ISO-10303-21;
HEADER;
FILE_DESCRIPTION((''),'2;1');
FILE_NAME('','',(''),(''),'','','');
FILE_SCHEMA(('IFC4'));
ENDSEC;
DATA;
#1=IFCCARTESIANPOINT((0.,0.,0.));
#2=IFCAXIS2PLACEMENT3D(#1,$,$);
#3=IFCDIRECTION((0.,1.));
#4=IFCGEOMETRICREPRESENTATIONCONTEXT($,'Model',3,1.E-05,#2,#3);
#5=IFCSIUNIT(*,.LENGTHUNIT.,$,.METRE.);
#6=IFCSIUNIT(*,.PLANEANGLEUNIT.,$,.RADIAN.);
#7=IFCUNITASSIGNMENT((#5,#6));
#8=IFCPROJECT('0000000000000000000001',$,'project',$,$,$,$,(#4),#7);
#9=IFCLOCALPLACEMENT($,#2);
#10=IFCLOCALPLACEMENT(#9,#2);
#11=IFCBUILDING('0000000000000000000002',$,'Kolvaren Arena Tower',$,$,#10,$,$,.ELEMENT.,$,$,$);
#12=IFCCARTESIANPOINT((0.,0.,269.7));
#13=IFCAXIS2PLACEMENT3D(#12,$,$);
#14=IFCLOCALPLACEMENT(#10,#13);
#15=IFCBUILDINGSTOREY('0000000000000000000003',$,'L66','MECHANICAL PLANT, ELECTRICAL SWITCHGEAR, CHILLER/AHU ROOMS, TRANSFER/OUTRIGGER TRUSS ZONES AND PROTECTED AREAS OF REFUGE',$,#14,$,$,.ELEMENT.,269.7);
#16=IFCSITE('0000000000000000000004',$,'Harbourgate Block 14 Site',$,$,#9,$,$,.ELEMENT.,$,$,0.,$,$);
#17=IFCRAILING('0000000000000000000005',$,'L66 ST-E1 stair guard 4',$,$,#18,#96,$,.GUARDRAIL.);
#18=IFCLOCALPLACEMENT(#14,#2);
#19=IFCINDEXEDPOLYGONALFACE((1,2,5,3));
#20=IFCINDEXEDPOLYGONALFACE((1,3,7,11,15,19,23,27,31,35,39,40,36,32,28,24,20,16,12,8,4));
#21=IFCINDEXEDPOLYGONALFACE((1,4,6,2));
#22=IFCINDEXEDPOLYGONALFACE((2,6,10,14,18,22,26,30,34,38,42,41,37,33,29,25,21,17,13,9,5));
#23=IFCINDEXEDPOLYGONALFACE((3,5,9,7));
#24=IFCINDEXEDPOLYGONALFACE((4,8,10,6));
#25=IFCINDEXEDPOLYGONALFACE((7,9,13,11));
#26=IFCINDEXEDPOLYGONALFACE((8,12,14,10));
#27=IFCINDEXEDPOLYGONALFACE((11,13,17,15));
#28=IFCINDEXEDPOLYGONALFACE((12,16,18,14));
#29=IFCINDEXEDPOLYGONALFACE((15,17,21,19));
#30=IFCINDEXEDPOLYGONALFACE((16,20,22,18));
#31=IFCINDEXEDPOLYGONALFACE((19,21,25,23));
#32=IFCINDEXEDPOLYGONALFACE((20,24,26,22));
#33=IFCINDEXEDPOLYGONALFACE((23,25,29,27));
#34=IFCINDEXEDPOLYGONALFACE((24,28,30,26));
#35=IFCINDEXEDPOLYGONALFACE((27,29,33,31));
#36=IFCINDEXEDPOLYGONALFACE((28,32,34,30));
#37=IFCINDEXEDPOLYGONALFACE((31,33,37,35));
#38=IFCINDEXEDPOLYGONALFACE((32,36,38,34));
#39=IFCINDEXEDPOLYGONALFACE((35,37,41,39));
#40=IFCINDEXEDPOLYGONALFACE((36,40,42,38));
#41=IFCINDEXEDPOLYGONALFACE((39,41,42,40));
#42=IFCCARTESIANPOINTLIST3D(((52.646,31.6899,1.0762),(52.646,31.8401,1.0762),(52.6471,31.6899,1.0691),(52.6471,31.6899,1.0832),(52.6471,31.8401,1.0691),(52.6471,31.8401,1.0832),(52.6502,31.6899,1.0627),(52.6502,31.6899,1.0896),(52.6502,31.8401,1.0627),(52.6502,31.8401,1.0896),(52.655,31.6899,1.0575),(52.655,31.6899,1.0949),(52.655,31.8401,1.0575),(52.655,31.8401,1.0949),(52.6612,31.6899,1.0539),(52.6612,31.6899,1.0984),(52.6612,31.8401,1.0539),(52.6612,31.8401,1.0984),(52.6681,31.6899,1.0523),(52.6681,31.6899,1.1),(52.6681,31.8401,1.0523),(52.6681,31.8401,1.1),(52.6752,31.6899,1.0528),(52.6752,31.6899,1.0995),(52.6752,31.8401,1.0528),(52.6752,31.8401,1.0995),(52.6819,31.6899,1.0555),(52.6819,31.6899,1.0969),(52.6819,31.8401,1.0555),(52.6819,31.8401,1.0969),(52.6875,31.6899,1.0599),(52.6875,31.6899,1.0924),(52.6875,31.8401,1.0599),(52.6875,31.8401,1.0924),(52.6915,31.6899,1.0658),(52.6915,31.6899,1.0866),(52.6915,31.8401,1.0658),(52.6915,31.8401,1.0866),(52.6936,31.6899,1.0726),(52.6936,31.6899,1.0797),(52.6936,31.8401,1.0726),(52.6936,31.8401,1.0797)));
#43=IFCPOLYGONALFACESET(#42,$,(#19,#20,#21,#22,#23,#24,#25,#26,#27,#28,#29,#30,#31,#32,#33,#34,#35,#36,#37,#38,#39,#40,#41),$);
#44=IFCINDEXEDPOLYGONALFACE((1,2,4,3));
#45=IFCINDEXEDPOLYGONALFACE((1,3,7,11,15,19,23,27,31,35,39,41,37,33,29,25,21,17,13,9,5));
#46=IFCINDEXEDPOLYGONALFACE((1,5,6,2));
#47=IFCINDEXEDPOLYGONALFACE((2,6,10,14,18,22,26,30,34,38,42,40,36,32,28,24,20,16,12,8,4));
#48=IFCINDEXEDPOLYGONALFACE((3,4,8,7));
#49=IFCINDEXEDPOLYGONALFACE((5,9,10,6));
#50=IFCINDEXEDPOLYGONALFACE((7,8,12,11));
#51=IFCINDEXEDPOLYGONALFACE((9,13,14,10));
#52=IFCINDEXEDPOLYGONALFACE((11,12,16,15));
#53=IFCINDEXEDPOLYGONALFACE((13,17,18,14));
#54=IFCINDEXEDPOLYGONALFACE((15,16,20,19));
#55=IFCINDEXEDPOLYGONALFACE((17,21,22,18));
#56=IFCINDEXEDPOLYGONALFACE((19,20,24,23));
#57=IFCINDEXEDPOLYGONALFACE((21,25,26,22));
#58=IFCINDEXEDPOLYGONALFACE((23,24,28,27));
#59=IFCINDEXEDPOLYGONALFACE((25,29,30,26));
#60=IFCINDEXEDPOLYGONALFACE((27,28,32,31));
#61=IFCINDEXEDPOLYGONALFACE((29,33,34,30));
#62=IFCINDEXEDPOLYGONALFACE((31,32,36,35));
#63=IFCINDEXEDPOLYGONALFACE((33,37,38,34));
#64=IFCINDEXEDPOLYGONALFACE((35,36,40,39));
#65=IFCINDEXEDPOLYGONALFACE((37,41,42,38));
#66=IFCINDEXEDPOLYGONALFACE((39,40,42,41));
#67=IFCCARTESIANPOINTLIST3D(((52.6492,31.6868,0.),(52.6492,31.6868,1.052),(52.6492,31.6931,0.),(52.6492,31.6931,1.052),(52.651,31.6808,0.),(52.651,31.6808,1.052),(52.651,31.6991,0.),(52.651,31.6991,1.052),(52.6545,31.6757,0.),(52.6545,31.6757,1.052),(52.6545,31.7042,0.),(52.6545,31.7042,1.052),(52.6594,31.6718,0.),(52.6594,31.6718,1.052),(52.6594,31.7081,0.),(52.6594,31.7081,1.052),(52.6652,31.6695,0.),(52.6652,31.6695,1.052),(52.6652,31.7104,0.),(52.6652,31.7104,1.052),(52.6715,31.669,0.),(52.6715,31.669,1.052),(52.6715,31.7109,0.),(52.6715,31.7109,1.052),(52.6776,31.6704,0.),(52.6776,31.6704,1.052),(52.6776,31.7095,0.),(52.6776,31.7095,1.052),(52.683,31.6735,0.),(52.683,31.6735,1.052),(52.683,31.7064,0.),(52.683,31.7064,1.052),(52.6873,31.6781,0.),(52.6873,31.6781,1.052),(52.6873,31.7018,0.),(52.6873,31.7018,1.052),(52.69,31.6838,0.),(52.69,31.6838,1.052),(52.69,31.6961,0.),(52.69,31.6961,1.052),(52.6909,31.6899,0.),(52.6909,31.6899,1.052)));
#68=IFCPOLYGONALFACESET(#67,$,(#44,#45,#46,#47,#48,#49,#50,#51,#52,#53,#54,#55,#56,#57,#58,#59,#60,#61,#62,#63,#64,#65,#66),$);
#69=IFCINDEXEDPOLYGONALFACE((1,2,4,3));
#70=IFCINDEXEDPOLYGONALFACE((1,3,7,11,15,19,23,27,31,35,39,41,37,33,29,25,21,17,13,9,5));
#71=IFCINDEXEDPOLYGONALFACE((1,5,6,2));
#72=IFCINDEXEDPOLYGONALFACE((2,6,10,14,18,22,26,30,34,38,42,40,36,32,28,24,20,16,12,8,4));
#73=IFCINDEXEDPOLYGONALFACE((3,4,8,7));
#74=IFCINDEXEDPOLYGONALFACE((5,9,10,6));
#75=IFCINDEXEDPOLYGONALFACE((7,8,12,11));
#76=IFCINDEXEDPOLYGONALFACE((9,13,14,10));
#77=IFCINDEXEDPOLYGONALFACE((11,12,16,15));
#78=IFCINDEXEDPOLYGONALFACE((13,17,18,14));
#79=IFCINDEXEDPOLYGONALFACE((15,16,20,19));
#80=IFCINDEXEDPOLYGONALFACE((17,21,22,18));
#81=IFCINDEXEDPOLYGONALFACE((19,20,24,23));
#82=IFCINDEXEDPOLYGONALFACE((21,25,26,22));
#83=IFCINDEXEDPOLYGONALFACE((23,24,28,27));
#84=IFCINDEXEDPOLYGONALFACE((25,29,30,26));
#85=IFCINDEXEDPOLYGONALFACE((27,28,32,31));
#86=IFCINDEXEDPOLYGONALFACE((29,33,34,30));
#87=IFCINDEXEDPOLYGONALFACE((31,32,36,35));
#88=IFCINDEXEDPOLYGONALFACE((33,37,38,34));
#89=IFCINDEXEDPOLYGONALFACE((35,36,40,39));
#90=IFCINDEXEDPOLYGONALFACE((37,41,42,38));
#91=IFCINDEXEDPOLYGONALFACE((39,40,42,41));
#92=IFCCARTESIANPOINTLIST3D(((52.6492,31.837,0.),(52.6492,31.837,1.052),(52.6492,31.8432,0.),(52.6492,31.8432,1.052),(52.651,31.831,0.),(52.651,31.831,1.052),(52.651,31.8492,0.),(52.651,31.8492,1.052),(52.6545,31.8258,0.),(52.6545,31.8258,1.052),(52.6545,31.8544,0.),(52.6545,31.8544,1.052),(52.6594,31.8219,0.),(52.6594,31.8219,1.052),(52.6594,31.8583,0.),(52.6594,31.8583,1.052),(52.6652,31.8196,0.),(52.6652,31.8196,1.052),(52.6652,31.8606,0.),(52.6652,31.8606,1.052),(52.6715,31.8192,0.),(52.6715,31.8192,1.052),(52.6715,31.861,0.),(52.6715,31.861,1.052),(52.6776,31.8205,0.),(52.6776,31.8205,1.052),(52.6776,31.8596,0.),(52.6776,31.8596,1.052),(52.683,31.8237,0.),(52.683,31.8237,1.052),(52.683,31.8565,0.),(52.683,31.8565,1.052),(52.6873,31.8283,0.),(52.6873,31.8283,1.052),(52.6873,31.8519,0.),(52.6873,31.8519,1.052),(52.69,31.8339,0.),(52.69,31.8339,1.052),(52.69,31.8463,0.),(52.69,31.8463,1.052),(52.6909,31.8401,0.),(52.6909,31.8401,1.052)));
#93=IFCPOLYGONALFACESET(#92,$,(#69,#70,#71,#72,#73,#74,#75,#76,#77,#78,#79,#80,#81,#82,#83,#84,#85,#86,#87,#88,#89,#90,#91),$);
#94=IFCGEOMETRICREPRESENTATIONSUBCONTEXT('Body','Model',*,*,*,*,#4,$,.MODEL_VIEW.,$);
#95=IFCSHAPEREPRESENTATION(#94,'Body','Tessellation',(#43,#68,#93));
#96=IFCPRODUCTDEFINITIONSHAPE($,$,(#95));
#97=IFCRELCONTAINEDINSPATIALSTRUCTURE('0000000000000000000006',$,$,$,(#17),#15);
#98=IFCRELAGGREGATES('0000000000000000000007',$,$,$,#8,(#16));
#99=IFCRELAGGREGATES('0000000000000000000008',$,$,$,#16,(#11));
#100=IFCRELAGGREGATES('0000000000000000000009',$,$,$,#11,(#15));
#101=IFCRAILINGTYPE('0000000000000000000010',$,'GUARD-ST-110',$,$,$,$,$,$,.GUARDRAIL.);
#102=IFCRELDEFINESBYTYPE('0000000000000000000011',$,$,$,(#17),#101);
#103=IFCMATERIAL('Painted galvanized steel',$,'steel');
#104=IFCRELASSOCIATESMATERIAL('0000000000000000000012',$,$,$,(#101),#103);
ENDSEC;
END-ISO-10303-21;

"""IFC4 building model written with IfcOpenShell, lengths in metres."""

from ifc_helpers import new_model, si_unit, direction, frame, origin, origin_2d, place, context, subcontext, project, spatial, circle, extrude, material, type_object, element, save


model = new_model("IFC4")

# Units and contexts
model_context = context("Model", 3, precision=1e-05, world=origin(), true_north=direction((0.0, 1.0)))
body_context = subcontext(model_context, "Body", "Model", "MODEL_VIEW")
ifc_project = project(units=[si_unit("LENGTHUNIT", "METRE"), si_unit("PLANEANGLEUNIT", "RADIAN")], contexts=[model_context])

# Site, building, storey
site_placement = place(None, origin())
site = spatial("IfcSite", under=ifc_project, at=site_placement, Name="Harbourgate Block 14 Site", CompositionType="ELEMENT", RefElevation=0.0)
building_placement = place(site_placement, origin())
building = spatial("IfcBuilding", under=site, at=building_placement, Name="Kolvaren Arena Tower", CompositionType="ELEMENT")
storey_placement = place(building_placement, frame((0.0, 0.0, 269.7)))
storey = spatial("IfcBuildingStorey", under=building, at=storey_placement, Name="L66", Description="MECHANICAL PLANT, ELECTRICAL SWITCHGEAR, CHILLER/AHU ROOMS, TRANSFER/OUTRIGGER TRUSS ZONES AND PROTECTED AREAS OF REFUGE", CompositionType="ELEMENT", Elevation=269.7)

# Railing
ifc_material_1 = material(Name="Painted galvanized steel", Category="steel")
railing_type_1 = type_object("IfcRailingType", Name="GUARD-ST-110", PredefinedType="GUARDRAIL", material=ifc_material_1)
railing_1_placement = place(storey_placement, frame((52.6699, 31.6899, 0.0)))
element("IfcRailing", 1, at=railing_1_placement, inside=storey, type_object=railing_type_1, Name="L66 ST-E1 stair guard 4", PredefinedType="GUARDRAIL", context=body_context, shape_type="SweptSolid", body=[
    extrude(circle(Radius=0.0239, at=origin_2d()), frame((0.0, 0.0, 1.0762), z_axis=(0.0, 1.0, 0.0), x_axis=(-1.0, 0.0, 0.0)), (0.0, 0.0, 1.0), 0.1501),
    extrude(circle(Radius=0.021, at=origin_2d()), origin(), (0.0, 0.0, 1.0), 1.052),
    extrude(circle(Radius=0.021, at=origin_2d()), frame((0.0, 0.1501, 0.0)), (0.0, 0.0, 1.0), 1.052),
])

save(model, "model.ifc")
